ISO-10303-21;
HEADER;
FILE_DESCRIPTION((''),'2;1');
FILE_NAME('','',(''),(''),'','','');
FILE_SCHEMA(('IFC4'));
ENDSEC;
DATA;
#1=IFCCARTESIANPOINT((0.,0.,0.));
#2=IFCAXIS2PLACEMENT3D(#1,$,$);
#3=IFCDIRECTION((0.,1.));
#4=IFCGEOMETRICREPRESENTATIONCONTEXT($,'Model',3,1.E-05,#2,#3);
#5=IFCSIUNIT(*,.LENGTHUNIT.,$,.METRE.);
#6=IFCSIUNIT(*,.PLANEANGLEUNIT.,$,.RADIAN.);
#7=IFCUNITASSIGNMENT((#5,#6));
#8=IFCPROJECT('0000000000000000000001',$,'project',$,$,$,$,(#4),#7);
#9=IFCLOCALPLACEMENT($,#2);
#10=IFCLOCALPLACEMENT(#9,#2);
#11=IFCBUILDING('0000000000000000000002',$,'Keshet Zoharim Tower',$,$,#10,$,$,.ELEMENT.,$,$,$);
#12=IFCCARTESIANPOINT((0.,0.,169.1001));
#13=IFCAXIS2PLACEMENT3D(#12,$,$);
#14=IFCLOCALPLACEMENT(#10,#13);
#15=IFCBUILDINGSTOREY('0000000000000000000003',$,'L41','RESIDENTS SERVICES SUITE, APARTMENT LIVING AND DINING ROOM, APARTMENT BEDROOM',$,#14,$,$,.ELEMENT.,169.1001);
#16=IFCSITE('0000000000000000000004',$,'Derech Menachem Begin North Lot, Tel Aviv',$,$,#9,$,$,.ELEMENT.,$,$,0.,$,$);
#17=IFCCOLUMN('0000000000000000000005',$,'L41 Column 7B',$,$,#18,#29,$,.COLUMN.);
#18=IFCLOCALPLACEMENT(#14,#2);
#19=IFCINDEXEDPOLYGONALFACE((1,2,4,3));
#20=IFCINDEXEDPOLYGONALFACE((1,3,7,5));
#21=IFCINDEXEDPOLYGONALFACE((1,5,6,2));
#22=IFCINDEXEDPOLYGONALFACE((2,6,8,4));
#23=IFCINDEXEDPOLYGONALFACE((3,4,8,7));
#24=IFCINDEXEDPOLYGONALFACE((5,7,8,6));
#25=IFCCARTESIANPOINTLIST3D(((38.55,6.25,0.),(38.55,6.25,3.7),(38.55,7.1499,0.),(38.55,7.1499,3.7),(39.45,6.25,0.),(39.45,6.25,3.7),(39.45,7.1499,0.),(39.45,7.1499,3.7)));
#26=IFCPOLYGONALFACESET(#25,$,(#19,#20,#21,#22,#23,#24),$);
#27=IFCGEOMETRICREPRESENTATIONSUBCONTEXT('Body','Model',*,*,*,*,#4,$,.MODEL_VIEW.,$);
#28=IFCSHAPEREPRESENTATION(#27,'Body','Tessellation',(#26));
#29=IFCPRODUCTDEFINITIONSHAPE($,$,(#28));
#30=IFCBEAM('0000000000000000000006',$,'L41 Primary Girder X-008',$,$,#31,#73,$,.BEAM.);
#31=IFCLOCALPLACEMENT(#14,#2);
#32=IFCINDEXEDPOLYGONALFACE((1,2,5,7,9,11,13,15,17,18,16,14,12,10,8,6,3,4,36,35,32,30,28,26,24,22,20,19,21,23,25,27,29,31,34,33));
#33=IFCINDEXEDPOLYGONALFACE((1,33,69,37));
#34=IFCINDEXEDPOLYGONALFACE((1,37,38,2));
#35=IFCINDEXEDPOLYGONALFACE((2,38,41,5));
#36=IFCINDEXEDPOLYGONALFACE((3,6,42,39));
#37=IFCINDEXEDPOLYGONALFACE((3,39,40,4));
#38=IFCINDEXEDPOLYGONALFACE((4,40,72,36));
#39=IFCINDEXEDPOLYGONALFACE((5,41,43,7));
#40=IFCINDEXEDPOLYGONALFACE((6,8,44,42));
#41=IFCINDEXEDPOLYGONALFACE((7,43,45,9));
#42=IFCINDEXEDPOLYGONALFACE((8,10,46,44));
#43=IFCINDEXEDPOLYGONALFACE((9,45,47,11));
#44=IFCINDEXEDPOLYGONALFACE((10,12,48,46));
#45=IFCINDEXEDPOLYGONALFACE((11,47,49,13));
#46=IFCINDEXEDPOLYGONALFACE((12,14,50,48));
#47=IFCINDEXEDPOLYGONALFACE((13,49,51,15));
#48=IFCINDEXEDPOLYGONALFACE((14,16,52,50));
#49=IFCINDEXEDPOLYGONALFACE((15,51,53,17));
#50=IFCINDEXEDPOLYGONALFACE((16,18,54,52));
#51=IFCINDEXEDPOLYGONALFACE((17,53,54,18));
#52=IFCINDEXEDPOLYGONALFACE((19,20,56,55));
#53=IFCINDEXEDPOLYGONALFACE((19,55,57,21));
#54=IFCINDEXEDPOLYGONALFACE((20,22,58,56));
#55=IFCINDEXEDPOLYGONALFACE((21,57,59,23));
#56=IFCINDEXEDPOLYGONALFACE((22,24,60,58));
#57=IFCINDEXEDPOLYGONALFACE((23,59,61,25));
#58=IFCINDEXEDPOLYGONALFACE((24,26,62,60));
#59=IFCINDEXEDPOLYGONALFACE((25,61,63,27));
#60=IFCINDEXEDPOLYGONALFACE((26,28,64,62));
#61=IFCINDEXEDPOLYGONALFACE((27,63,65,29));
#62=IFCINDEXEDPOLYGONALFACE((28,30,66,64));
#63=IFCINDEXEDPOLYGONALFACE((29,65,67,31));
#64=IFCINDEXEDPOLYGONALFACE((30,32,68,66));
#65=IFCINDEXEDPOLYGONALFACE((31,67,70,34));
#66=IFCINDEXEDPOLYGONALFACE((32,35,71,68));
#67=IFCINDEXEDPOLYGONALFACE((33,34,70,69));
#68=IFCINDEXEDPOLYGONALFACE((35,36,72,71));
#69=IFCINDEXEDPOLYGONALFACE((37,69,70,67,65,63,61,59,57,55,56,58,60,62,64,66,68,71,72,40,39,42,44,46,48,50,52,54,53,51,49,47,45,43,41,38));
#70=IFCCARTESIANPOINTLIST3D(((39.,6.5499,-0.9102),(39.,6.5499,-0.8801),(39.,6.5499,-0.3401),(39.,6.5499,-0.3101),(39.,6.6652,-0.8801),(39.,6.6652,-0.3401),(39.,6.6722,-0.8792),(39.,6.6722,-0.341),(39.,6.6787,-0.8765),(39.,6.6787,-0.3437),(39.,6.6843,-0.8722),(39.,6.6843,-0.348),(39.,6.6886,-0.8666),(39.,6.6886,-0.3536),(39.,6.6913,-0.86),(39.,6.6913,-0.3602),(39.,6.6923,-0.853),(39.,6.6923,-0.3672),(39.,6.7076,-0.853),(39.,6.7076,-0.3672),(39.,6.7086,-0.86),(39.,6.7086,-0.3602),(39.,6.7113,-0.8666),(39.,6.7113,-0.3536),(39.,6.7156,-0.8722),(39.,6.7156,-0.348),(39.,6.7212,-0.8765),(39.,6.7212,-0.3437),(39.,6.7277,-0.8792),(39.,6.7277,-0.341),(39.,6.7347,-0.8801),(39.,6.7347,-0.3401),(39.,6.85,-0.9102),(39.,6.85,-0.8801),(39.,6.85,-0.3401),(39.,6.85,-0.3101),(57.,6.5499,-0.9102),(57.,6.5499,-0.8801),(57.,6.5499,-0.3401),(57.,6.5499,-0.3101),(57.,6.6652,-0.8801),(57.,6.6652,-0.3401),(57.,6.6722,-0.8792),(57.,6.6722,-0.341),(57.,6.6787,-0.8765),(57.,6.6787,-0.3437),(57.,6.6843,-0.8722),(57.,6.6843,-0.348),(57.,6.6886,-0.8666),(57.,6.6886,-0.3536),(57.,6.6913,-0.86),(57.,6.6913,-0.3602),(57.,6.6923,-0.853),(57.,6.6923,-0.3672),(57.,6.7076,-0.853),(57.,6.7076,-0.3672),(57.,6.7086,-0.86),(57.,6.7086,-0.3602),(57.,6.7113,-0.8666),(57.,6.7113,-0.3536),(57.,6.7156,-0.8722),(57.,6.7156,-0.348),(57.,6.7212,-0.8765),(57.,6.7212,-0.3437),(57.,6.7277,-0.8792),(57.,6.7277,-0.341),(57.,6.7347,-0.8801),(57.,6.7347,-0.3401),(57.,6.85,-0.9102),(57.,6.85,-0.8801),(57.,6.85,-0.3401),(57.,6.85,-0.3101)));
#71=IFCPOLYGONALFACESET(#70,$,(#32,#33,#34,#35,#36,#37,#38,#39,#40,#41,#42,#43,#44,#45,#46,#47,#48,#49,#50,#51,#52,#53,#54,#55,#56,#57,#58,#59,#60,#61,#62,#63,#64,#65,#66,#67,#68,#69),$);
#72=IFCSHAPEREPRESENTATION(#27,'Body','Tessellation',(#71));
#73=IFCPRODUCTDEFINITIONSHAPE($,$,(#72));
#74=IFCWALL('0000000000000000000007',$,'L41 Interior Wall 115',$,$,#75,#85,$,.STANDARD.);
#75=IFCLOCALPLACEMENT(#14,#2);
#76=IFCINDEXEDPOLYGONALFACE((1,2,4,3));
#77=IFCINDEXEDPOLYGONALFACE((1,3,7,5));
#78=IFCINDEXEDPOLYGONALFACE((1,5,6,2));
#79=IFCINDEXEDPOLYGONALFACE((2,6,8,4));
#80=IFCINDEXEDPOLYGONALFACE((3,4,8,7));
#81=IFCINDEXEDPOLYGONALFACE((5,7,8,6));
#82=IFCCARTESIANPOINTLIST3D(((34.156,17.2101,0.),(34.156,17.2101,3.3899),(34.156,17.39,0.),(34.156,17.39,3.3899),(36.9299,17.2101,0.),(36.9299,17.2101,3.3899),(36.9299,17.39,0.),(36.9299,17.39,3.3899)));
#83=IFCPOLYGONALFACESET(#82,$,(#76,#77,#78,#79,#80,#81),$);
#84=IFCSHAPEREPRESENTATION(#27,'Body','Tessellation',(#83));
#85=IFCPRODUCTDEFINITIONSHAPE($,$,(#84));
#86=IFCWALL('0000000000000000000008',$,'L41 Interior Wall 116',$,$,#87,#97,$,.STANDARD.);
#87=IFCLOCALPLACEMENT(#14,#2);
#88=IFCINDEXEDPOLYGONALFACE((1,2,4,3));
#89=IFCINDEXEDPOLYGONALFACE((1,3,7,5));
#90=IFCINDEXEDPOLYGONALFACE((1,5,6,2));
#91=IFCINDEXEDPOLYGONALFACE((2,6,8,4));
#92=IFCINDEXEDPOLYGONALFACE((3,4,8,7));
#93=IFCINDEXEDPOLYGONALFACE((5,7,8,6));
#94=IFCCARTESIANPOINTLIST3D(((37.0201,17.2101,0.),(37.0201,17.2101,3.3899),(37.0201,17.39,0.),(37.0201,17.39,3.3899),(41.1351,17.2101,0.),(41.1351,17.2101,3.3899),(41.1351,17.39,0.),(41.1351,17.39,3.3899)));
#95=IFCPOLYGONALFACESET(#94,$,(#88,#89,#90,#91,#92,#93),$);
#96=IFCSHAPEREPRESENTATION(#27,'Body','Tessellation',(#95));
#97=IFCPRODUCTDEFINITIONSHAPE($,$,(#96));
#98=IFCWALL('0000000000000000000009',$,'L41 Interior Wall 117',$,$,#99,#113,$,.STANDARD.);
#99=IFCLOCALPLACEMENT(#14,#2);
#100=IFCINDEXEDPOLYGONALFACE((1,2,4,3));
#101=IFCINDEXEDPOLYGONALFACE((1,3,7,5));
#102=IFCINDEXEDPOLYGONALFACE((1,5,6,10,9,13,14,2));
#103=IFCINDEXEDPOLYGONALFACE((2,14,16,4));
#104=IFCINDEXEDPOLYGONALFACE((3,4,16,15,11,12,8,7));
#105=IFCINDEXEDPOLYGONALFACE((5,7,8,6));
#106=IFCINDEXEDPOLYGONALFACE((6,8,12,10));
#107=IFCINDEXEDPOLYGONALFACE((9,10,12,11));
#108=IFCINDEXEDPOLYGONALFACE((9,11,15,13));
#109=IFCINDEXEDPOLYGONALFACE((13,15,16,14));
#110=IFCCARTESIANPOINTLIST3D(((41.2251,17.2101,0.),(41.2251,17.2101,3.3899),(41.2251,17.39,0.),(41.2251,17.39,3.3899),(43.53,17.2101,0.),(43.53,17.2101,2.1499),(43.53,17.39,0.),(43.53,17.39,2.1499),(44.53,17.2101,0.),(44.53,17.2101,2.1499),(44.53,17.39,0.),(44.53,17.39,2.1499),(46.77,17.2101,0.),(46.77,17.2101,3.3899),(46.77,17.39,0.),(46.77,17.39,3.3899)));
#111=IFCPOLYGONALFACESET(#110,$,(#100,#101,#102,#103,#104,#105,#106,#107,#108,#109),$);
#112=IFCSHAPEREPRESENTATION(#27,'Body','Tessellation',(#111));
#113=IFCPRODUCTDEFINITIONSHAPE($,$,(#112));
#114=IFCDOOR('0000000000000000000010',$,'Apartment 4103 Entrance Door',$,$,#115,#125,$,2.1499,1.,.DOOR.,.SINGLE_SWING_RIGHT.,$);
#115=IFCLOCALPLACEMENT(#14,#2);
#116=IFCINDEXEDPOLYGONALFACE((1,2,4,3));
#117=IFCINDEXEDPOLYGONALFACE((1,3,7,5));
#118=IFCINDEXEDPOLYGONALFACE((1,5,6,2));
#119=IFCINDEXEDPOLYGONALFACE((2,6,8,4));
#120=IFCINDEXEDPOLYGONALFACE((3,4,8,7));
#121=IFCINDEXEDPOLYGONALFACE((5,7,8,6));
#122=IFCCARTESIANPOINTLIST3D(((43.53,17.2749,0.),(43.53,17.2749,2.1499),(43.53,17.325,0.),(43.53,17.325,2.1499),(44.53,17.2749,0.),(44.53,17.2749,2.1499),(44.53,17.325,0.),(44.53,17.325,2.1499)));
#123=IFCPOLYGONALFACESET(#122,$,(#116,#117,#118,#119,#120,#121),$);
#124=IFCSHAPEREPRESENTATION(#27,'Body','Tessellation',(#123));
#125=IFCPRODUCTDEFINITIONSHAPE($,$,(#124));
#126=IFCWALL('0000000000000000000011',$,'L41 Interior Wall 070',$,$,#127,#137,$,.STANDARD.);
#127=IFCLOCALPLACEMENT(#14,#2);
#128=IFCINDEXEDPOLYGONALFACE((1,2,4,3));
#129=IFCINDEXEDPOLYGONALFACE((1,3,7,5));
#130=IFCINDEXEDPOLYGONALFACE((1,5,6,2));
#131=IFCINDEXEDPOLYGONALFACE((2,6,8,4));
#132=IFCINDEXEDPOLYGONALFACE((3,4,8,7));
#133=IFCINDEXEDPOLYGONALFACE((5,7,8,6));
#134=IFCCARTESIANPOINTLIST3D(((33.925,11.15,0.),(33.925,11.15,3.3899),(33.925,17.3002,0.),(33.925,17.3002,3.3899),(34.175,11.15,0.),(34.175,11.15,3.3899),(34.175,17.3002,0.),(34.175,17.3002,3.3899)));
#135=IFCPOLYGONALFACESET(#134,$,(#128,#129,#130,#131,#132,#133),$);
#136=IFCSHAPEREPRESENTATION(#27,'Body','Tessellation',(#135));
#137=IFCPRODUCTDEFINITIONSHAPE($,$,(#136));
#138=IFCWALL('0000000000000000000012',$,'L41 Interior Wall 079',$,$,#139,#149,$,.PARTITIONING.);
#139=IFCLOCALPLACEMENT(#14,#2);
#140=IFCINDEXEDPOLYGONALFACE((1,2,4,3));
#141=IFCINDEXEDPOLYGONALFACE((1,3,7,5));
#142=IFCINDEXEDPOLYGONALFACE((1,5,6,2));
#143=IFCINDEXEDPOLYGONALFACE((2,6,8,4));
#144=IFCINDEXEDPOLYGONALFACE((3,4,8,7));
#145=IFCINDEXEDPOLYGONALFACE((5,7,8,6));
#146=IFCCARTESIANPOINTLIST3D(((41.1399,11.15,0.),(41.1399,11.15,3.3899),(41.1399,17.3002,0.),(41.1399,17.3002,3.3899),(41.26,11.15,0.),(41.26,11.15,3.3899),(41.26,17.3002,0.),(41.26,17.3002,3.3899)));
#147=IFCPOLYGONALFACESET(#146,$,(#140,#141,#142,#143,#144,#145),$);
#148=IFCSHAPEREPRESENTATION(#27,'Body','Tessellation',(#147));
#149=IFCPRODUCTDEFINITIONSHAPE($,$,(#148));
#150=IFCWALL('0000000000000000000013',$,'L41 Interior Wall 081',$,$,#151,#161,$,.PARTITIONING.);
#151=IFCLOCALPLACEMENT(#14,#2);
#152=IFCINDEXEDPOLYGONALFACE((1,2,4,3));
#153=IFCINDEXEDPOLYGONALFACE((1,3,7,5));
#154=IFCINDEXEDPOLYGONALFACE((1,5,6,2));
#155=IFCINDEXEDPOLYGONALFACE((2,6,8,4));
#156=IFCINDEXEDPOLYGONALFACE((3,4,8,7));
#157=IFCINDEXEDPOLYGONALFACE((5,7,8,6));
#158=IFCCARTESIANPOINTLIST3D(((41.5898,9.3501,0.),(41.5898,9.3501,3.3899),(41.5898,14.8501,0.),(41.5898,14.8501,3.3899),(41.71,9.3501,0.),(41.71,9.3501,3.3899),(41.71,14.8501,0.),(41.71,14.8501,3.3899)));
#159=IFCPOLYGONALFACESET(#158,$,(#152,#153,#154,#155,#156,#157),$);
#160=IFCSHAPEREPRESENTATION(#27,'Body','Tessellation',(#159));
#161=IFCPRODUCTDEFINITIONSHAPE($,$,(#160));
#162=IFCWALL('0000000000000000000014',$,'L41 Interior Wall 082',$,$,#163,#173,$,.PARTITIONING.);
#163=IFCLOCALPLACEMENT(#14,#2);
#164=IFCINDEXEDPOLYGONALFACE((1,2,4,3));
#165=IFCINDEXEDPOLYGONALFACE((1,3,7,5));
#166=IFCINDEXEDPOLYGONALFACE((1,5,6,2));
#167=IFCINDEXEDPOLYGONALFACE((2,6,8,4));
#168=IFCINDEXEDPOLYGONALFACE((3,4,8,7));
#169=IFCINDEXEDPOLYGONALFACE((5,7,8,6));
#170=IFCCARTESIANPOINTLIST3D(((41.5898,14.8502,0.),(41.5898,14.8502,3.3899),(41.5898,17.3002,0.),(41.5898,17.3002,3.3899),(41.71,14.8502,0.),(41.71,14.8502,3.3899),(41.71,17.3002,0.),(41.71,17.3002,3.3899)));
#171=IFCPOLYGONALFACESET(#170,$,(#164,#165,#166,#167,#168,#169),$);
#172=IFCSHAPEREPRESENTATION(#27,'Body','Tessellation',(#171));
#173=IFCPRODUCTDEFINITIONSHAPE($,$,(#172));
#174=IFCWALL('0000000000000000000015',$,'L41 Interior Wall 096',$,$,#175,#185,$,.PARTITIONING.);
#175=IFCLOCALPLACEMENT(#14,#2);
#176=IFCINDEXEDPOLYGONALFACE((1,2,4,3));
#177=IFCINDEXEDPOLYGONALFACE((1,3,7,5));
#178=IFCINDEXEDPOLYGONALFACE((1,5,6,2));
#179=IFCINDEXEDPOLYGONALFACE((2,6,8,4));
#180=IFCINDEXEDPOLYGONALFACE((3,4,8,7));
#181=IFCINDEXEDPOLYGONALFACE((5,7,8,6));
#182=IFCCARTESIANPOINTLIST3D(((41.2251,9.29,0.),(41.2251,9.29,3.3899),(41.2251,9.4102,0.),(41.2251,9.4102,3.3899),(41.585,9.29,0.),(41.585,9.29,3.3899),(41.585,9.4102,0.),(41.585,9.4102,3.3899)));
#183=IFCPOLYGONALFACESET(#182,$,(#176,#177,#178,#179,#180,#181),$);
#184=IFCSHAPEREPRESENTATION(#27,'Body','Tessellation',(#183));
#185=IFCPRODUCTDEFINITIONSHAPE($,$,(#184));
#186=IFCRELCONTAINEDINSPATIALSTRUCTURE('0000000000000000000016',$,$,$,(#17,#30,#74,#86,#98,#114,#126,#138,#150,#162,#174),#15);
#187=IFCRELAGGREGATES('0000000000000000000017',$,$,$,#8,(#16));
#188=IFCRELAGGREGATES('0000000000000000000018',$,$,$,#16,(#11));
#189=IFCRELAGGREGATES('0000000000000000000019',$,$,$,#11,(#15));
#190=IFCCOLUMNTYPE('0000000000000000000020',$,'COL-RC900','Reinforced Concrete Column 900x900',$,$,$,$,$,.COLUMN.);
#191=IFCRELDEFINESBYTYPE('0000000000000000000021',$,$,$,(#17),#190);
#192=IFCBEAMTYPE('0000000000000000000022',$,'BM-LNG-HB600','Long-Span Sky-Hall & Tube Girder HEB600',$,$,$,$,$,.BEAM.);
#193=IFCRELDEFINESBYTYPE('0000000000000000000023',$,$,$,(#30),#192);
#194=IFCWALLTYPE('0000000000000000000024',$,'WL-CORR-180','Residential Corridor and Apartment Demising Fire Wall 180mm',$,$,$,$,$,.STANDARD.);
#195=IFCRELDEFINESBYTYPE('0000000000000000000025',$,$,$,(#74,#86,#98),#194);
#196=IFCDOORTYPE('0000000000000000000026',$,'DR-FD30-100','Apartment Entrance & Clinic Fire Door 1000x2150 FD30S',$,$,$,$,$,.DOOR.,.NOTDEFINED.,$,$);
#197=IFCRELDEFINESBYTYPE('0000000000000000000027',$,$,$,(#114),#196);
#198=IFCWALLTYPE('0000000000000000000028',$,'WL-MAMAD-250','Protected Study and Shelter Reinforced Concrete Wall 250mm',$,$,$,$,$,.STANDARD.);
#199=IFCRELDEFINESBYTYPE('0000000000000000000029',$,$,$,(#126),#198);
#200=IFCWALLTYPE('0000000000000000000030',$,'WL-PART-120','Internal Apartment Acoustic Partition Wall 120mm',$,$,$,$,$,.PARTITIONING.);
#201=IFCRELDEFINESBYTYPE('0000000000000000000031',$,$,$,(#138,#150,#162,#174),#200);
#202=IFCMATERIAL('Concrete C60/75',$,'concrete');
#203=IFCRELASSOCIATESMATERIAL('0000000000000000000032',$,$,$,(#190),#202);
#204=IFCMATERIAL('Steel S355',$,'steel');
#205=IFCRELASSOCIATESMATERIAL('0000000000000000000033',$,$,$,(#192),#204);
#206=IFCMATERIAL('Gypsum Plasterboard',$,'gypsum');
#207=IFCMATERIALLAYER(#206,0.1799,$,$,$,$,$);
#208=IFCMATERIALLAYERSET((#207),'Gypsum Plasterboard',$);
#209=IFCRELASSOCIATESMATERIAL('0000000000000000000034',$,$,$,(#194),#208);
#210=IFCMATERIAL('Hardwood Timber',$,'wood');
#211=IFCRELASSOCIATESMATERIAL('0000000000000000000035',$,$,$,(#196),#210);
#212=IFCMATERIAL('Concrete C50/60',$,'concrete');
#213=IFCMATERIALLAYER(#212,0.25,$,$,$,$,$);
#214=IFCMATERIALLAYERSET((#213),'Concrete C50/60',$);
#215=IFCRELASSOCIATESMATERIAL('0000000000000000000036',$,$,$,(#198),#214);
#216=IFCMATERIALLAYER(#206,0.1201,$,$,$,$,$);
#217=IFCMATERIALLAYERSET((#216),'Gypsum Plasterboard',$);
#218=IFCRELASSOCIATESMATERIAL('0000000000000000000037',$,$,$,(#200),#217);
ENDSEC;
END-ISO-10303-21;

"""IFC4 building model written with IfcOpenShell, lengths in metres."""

from ifc_helpers import new_model, si_unit, direction, frame, frame_2d, origin, origin_2d, place, context, subcontext, project, spatial, rectangle, i_section, extrude, material, layer, layer_set, material_profile, profile_set, type_object, element, fill, save


model = new_model("IFC4")

# Units and contexts
model_context = context("Model", 3, precision=1e-05, world=origin(), true_north=direction((0.0, 1.0)))
body_context = subcontext(model_context, "Body", "Model", "MODEL_VIEW")
ifc_project = project(units=[si_unit("LENGTHUNIT", "METRE"), si_unit("PLANEANGLEUNIT", "RADIAN")], contexts=[model_context])

# Site, building, storey
site_placement = place(None, origin())
site = spatial("IfcSite", under=ifc_project, at=site_placement, Name="Derech Menachem Begin North Lot, Tel Aviv", CompositionType="ELEMENT", RefElevation=0.0)
building_placement = place(site_placement, origin())
building = spatial("IfcBuilding", under=site, at=building_placement, Name="Keshet Zoharim Tower", CompositionType="ELEMENT")
storey_placement = place(building_placement, frame((0.0, 0.0, 169.1001)))
storey = spatial("IfcBuildingStorey", under=building, at=storey_placement, Name="L41", Description="RESIDENTS SERVICES SUITE, APARTMENT LIVING AND DINING ROOM, APARTMENT BEDROOM", CompositionType="ELEMENT", Elevation=169.1001)

# Column
ifc_material_1 = material(Name="Concrete C60/75", Category="concrete")
ifc_material_profile_1 = material_profile(ifc_material_1, rectangle(XDim=0.8999, YDim=0.8999, at=origin_2d()), Name="RC900x900")
ifc_profile_set_1 = profile_set([ifc_material_profile_1], Name="Concrete C60/75")
column_type = type_object("IfcColumnType", Name="COL-RC900", Description="Reinforced Concrete Column 900x900", PredefinedType="COLUMN", material=ifc_profile_set_1)
column_placement = place(storey_placement, frame((39.0, 6.7, 0.0), z_axis=(0.0, 0.0, 1.0), x_axis=(1.0, 0.0, 0.0)))
element("IfcColumn", 1, at=column_placement, inside=storey, type_object=column_type, Name="L41 Column 7B", PredefinedType="COLUMN", context=body_context, shape_type="SweptSolid", body=[
    extrude(rectangle(XDim=0.8999, YDim=0.8999, at=origin_2d()), origin(), (0.0, 0.0, 1.0), 3.7),
])

# Beam
ifc_material_2 = material(Name="Steel S355", Category="steel")
ifc_material_profile_2 = material_profile(ifc_material_2, i_section(OverallWidth=0.3, OverallDepth=0.6001, WebThickness=0.0154, FlangeThickness=0.03, FilletRadius=0.0271, at=origin_2d()), Name="HEB600")
ifc_profile_set_2 = profile_set([ifc_material_profile_2], Name="Steel S355")
beam_type = type_object("IfcBeamType", Name="BM-LNG-HB600", Description="Long-Span Sky-Hall & Tube Girder HEB600", PredefinedType="BEAM", material=ifc_profile_set_2)
beam_placement = place(storey_placement, frame((39.0, 6.7, -0.6101), z_axis=(1.0, 0.0, 0.0), x_axis=(0.0, 1.0, 0.0)))
element("IfcBeam", 2, at=beam_placement, inside=storey, type_object=beam_type, Name="L41 Primary Girder X-008", PredefinedType="BEAM", context=body_context, shape_type="SweptSolid", body=[
    extrude(i_section(OverallWidth=0.3, OverallDepth=0.6001, WebThickness=0.0154, FlangeThickness=0.03, FilletRadius=0.0271, at=origin_2d()), origin(), (0.0, 0.0, 1.0), 18.0),
])

# Walls
ifc_material_3 = material(Name="Gypsum Plasterboard", Category="gypsum")
ifc_layer_1 = layer(ifc_material_3, 0.1799)
ifc_layer_set_1 = layer_set([ifc_layer_1], Name="Gypsum Plasterboard")
wall_type_1 = type_object("IfcWallType", Name="WL-CORR-180", Description="Residential Corridor and Apartment Demising Fire Wall 180mm", PredefinedType="STANDARD", material=ifc_layer_set_1)
wall_1_placement = place(storey_placement, frame((34.156, 17.3, 0.0), z_axis=(0.0, 0.0, 1.0), x_axis=(1.0, 0.0, 0.0)))
element("IfcWall", 3, at=wall_1_placement, inside=storey, type_object=wall_type_1, Name="L41 Interior Wall 115", PredefinedType="STANDARD", context=body_context, shape_type="SweptSolid", body=[
    extrude(rectangle(XDim=2.7739, YDim=0.1799, at=frame_2d((1.387, 0.0))), origin(), (0.0, 0.0, 1.0), 3.3899),
])
wall_2_placement = place(storey_placement, frame((37.02, 17.3, 0.0), z_axis=(0.0, 0.0, 1.0), x_axis=(1.0, 0.0, 0.0)))
element("IfcWall", 4, at=wall_2_placement, inside=storey, type_object=wall_type_1, Name="L41 Interior Wall 116", PredefinedType="STANDARD", context=body_context, shape_type="SweptSolid", body=[
    extrude(rectangle(XDim=4.115, YDim=0.1799, at=frame_2d((2.0576, 0.0))), origin(), (0.0, 0.0, 1.0), 3.3899),
])

# Wall, opening, door
wall_3_placement = place(storey_placement, frame((41.2251, 17.3, 0.0), z_axis=(0.0, 0.0, 1.0), x_axis=(1.0, 0.0, 0.0)))
wall_3 = element("IfcWall", 5, at=wall_3_placement, inside=storey, type_object=wall_type_1, Name="L41 Interior Wall 117", PredefinedType="STANDARD", context=body_context, shape_type="SweptSolid", body=[
    extrude(rectangle(XDim=5.5449, YDim=0.1799, at=frame_2d((2.7725, 0.0))), origin(), (0.0, 0.0, 1.0), 3.3899),
])
opening_1_placement = place(wall_3_placement, frame((2.3049, 0.0, 0.0)))
opening_1 = element("IfcOpeningElement", 6, at=opening_1_placement, cuts=wall_3, PredefinedType="OPENING", context=body_context, shape_type="SweptSolid", body=[
    extrude(rectangle(XDim=1.0, YDim=2.1499, at=frame_2d((0.5, 1.075))), frame((0.0, 0.1001, 0.0), z_axis=(0.0, -1.0, 0.0), x_axis=(1.0, 0.0, 0.0)), (0.0, 0.0, 1.0), 0.2),
])
ifc_material_4 = material(Name="Hardwood Timber", Category="wood")
door_type_1 = type_object("IfcDoorType", Name="DR-FD30-100", Description="Apartment Entrance & Clinic Fire Door 1000x2150 FD30S", OperationType="NOTDEFINED", PredefinedType="DOOR", material=ifc_material_4)
door_1_placement = place(opening_1_placement, origin())
door_1 = element("IfcDoor", 7, at=door_1_placement, inside=storey, type_object=door_type_1, Name="Apartment 4103 Entrance Door", OperationType="SINGLE_SWING_RIGHT", OverallHeight=2.1499, OverallWidth=1.0, PredefinedType="DOOR", context=body_context, shape_type="SweptSolid", body=[
    extrude(rectangle(XDim=1.0, YDim=2.1499, at=frame_2d((0.5, 1.075))), frame((0.0, 0.0249, 0.0), z_axis=(0.0, -1.0, 0.0), x_axis=(1.0, 0.0, 0.0)), (0.0, 0.0, 1.0), 0.05),
])
fill(opening_1, door_1)

# Walls
ifc_material_5 = material(Name="Concrete C50/60", Category="concrete")
ifc_layer_2 = layer(ifc_material_5, 0.25)
ifc_layer_set_2 = layer_set([ifc_layer_2], Name="Concrete C50/60")
wall_type_2 = type_object("IfcWallType", Name="WL-MAMAD-250", Description="Protected Study and Shelter Reinforced Concrete Wall 250mm", PredefinedType="STANDARD", material=ifc_layer_set_2)
wall_4_placement = place(storey_placement, frame((34.05, 11.1499, 0.0), z_axis=(0.0, 0.0, 1.0), x_axis=(0.0, 1.0, 0.0)))
element("IfcWall", 8, at=wall_4_placement, inside=storey, type_object=wall_type_2, Name="L41 Interior Wall 070", PredefinedType="STANDARD", context=body_context, shape_type="SweptSolid", body=[
    extrude(rectangle(XDim=6.1501, YDim=0.25, at=frame_2d((3.0752, 0.0))), origin(), (0.0, 0.0, 1.0), 3.3899),
])
ifc_layer_3 = layer(ifc_material_3, 0.1201)
ifc_layer_set_3 = layer_set([ifc_layer_3], Name="Gypsum Plasterboard")
wall_type_3 = type_object("IfcWallType", Name="WL-PART-120", Description="Internal Apartment Acoustic Partition Wall 120mm", PredefinedType="PARTITIONING", material=ifc_layer_set_3)
wall_5_placement = place(storey_placement, frame((41.2, 11.1499, 0.0), z_axis=(0.0, 0.0, 1.0), x_axis=(0.0, 1.0, 0.0)))
element("IfcWall", 9, at=wall_5_placement, inside=storey, type_object=wall_type_3, Name="L41 Interior Wall 079", PredefinedType="PARTITIONING", context=body_context, shape_type="SweptSolid", body=[
    extrude(rectangle(XDim=6.1501, YDim=0.1201, at=frame_2d((3.0752, 0.0))), origin(), (0.0, 0.0, 1.0), 3.3899),
])
wall_6_placement = place(storey_placement, frame((41.6499, 9.3501, 0.0), z_axis=(0.0, 0.0, 1.0), x_axis=(0.0, 1.0, 0.0)))
element("IfcWall", 10, at=wall_6_placement, inside=storey, type_object=wall_type_3, Name="L41 Interior Wall 081", PredefinedType="PARTITIONING", context=body_context, shape_type="SweptSolid", body=[
    extrude(rectangle(XDim=5.5, YDim=0.1201, at=frame_2d((2.75, 0.0))), origin(), (0.0, 0.0, 1.0), 3.3899),
])
wall_7_placement = place(storey_placement, frame((41.6499, 14.8501, 0.0), z_axis=(0.0, 0.0, 1.0), x_axis=(0.0, 1.0, 0.0)))
element("IfcWall", 11, at=wall_7_placement, inside=storey, type_object=wall_type_3, Name="L41 Interior Wall 082", PredefinedType="PARTITIONING", context=body_context, shape_type="SweptSolid", body=[
    extrude(rectangle(XDim=2.45, YDim=0.1201, at=frame_2d((1.2251, 0.0))), origin(), (0.0, 0.0, 1.0), 3.3899),
])
wall_8_placement = place(storey_placement, frame((41.2251, 9.3501, 0.0), z_axis=(0.0, 0.0, 1.0), x_axis=(1.0, 0.0, 0.0)))
element("IfcWall", 12, at=wall_8_placement, inside=storey, type_object=wall_type_3, Name="L41 Interior Wall 096", PredefinedType="PARTITIONING", context=body_context, shape_type="SweptSolid", body=[
    extrude(rectangle(XDim=0.3599, YDim=0.1201, at=frame_2d((0.1799, 0.0))), origin(), (0.0, 0.0, 1.0), 3.3899),
])

save(model, "model.ifc")
